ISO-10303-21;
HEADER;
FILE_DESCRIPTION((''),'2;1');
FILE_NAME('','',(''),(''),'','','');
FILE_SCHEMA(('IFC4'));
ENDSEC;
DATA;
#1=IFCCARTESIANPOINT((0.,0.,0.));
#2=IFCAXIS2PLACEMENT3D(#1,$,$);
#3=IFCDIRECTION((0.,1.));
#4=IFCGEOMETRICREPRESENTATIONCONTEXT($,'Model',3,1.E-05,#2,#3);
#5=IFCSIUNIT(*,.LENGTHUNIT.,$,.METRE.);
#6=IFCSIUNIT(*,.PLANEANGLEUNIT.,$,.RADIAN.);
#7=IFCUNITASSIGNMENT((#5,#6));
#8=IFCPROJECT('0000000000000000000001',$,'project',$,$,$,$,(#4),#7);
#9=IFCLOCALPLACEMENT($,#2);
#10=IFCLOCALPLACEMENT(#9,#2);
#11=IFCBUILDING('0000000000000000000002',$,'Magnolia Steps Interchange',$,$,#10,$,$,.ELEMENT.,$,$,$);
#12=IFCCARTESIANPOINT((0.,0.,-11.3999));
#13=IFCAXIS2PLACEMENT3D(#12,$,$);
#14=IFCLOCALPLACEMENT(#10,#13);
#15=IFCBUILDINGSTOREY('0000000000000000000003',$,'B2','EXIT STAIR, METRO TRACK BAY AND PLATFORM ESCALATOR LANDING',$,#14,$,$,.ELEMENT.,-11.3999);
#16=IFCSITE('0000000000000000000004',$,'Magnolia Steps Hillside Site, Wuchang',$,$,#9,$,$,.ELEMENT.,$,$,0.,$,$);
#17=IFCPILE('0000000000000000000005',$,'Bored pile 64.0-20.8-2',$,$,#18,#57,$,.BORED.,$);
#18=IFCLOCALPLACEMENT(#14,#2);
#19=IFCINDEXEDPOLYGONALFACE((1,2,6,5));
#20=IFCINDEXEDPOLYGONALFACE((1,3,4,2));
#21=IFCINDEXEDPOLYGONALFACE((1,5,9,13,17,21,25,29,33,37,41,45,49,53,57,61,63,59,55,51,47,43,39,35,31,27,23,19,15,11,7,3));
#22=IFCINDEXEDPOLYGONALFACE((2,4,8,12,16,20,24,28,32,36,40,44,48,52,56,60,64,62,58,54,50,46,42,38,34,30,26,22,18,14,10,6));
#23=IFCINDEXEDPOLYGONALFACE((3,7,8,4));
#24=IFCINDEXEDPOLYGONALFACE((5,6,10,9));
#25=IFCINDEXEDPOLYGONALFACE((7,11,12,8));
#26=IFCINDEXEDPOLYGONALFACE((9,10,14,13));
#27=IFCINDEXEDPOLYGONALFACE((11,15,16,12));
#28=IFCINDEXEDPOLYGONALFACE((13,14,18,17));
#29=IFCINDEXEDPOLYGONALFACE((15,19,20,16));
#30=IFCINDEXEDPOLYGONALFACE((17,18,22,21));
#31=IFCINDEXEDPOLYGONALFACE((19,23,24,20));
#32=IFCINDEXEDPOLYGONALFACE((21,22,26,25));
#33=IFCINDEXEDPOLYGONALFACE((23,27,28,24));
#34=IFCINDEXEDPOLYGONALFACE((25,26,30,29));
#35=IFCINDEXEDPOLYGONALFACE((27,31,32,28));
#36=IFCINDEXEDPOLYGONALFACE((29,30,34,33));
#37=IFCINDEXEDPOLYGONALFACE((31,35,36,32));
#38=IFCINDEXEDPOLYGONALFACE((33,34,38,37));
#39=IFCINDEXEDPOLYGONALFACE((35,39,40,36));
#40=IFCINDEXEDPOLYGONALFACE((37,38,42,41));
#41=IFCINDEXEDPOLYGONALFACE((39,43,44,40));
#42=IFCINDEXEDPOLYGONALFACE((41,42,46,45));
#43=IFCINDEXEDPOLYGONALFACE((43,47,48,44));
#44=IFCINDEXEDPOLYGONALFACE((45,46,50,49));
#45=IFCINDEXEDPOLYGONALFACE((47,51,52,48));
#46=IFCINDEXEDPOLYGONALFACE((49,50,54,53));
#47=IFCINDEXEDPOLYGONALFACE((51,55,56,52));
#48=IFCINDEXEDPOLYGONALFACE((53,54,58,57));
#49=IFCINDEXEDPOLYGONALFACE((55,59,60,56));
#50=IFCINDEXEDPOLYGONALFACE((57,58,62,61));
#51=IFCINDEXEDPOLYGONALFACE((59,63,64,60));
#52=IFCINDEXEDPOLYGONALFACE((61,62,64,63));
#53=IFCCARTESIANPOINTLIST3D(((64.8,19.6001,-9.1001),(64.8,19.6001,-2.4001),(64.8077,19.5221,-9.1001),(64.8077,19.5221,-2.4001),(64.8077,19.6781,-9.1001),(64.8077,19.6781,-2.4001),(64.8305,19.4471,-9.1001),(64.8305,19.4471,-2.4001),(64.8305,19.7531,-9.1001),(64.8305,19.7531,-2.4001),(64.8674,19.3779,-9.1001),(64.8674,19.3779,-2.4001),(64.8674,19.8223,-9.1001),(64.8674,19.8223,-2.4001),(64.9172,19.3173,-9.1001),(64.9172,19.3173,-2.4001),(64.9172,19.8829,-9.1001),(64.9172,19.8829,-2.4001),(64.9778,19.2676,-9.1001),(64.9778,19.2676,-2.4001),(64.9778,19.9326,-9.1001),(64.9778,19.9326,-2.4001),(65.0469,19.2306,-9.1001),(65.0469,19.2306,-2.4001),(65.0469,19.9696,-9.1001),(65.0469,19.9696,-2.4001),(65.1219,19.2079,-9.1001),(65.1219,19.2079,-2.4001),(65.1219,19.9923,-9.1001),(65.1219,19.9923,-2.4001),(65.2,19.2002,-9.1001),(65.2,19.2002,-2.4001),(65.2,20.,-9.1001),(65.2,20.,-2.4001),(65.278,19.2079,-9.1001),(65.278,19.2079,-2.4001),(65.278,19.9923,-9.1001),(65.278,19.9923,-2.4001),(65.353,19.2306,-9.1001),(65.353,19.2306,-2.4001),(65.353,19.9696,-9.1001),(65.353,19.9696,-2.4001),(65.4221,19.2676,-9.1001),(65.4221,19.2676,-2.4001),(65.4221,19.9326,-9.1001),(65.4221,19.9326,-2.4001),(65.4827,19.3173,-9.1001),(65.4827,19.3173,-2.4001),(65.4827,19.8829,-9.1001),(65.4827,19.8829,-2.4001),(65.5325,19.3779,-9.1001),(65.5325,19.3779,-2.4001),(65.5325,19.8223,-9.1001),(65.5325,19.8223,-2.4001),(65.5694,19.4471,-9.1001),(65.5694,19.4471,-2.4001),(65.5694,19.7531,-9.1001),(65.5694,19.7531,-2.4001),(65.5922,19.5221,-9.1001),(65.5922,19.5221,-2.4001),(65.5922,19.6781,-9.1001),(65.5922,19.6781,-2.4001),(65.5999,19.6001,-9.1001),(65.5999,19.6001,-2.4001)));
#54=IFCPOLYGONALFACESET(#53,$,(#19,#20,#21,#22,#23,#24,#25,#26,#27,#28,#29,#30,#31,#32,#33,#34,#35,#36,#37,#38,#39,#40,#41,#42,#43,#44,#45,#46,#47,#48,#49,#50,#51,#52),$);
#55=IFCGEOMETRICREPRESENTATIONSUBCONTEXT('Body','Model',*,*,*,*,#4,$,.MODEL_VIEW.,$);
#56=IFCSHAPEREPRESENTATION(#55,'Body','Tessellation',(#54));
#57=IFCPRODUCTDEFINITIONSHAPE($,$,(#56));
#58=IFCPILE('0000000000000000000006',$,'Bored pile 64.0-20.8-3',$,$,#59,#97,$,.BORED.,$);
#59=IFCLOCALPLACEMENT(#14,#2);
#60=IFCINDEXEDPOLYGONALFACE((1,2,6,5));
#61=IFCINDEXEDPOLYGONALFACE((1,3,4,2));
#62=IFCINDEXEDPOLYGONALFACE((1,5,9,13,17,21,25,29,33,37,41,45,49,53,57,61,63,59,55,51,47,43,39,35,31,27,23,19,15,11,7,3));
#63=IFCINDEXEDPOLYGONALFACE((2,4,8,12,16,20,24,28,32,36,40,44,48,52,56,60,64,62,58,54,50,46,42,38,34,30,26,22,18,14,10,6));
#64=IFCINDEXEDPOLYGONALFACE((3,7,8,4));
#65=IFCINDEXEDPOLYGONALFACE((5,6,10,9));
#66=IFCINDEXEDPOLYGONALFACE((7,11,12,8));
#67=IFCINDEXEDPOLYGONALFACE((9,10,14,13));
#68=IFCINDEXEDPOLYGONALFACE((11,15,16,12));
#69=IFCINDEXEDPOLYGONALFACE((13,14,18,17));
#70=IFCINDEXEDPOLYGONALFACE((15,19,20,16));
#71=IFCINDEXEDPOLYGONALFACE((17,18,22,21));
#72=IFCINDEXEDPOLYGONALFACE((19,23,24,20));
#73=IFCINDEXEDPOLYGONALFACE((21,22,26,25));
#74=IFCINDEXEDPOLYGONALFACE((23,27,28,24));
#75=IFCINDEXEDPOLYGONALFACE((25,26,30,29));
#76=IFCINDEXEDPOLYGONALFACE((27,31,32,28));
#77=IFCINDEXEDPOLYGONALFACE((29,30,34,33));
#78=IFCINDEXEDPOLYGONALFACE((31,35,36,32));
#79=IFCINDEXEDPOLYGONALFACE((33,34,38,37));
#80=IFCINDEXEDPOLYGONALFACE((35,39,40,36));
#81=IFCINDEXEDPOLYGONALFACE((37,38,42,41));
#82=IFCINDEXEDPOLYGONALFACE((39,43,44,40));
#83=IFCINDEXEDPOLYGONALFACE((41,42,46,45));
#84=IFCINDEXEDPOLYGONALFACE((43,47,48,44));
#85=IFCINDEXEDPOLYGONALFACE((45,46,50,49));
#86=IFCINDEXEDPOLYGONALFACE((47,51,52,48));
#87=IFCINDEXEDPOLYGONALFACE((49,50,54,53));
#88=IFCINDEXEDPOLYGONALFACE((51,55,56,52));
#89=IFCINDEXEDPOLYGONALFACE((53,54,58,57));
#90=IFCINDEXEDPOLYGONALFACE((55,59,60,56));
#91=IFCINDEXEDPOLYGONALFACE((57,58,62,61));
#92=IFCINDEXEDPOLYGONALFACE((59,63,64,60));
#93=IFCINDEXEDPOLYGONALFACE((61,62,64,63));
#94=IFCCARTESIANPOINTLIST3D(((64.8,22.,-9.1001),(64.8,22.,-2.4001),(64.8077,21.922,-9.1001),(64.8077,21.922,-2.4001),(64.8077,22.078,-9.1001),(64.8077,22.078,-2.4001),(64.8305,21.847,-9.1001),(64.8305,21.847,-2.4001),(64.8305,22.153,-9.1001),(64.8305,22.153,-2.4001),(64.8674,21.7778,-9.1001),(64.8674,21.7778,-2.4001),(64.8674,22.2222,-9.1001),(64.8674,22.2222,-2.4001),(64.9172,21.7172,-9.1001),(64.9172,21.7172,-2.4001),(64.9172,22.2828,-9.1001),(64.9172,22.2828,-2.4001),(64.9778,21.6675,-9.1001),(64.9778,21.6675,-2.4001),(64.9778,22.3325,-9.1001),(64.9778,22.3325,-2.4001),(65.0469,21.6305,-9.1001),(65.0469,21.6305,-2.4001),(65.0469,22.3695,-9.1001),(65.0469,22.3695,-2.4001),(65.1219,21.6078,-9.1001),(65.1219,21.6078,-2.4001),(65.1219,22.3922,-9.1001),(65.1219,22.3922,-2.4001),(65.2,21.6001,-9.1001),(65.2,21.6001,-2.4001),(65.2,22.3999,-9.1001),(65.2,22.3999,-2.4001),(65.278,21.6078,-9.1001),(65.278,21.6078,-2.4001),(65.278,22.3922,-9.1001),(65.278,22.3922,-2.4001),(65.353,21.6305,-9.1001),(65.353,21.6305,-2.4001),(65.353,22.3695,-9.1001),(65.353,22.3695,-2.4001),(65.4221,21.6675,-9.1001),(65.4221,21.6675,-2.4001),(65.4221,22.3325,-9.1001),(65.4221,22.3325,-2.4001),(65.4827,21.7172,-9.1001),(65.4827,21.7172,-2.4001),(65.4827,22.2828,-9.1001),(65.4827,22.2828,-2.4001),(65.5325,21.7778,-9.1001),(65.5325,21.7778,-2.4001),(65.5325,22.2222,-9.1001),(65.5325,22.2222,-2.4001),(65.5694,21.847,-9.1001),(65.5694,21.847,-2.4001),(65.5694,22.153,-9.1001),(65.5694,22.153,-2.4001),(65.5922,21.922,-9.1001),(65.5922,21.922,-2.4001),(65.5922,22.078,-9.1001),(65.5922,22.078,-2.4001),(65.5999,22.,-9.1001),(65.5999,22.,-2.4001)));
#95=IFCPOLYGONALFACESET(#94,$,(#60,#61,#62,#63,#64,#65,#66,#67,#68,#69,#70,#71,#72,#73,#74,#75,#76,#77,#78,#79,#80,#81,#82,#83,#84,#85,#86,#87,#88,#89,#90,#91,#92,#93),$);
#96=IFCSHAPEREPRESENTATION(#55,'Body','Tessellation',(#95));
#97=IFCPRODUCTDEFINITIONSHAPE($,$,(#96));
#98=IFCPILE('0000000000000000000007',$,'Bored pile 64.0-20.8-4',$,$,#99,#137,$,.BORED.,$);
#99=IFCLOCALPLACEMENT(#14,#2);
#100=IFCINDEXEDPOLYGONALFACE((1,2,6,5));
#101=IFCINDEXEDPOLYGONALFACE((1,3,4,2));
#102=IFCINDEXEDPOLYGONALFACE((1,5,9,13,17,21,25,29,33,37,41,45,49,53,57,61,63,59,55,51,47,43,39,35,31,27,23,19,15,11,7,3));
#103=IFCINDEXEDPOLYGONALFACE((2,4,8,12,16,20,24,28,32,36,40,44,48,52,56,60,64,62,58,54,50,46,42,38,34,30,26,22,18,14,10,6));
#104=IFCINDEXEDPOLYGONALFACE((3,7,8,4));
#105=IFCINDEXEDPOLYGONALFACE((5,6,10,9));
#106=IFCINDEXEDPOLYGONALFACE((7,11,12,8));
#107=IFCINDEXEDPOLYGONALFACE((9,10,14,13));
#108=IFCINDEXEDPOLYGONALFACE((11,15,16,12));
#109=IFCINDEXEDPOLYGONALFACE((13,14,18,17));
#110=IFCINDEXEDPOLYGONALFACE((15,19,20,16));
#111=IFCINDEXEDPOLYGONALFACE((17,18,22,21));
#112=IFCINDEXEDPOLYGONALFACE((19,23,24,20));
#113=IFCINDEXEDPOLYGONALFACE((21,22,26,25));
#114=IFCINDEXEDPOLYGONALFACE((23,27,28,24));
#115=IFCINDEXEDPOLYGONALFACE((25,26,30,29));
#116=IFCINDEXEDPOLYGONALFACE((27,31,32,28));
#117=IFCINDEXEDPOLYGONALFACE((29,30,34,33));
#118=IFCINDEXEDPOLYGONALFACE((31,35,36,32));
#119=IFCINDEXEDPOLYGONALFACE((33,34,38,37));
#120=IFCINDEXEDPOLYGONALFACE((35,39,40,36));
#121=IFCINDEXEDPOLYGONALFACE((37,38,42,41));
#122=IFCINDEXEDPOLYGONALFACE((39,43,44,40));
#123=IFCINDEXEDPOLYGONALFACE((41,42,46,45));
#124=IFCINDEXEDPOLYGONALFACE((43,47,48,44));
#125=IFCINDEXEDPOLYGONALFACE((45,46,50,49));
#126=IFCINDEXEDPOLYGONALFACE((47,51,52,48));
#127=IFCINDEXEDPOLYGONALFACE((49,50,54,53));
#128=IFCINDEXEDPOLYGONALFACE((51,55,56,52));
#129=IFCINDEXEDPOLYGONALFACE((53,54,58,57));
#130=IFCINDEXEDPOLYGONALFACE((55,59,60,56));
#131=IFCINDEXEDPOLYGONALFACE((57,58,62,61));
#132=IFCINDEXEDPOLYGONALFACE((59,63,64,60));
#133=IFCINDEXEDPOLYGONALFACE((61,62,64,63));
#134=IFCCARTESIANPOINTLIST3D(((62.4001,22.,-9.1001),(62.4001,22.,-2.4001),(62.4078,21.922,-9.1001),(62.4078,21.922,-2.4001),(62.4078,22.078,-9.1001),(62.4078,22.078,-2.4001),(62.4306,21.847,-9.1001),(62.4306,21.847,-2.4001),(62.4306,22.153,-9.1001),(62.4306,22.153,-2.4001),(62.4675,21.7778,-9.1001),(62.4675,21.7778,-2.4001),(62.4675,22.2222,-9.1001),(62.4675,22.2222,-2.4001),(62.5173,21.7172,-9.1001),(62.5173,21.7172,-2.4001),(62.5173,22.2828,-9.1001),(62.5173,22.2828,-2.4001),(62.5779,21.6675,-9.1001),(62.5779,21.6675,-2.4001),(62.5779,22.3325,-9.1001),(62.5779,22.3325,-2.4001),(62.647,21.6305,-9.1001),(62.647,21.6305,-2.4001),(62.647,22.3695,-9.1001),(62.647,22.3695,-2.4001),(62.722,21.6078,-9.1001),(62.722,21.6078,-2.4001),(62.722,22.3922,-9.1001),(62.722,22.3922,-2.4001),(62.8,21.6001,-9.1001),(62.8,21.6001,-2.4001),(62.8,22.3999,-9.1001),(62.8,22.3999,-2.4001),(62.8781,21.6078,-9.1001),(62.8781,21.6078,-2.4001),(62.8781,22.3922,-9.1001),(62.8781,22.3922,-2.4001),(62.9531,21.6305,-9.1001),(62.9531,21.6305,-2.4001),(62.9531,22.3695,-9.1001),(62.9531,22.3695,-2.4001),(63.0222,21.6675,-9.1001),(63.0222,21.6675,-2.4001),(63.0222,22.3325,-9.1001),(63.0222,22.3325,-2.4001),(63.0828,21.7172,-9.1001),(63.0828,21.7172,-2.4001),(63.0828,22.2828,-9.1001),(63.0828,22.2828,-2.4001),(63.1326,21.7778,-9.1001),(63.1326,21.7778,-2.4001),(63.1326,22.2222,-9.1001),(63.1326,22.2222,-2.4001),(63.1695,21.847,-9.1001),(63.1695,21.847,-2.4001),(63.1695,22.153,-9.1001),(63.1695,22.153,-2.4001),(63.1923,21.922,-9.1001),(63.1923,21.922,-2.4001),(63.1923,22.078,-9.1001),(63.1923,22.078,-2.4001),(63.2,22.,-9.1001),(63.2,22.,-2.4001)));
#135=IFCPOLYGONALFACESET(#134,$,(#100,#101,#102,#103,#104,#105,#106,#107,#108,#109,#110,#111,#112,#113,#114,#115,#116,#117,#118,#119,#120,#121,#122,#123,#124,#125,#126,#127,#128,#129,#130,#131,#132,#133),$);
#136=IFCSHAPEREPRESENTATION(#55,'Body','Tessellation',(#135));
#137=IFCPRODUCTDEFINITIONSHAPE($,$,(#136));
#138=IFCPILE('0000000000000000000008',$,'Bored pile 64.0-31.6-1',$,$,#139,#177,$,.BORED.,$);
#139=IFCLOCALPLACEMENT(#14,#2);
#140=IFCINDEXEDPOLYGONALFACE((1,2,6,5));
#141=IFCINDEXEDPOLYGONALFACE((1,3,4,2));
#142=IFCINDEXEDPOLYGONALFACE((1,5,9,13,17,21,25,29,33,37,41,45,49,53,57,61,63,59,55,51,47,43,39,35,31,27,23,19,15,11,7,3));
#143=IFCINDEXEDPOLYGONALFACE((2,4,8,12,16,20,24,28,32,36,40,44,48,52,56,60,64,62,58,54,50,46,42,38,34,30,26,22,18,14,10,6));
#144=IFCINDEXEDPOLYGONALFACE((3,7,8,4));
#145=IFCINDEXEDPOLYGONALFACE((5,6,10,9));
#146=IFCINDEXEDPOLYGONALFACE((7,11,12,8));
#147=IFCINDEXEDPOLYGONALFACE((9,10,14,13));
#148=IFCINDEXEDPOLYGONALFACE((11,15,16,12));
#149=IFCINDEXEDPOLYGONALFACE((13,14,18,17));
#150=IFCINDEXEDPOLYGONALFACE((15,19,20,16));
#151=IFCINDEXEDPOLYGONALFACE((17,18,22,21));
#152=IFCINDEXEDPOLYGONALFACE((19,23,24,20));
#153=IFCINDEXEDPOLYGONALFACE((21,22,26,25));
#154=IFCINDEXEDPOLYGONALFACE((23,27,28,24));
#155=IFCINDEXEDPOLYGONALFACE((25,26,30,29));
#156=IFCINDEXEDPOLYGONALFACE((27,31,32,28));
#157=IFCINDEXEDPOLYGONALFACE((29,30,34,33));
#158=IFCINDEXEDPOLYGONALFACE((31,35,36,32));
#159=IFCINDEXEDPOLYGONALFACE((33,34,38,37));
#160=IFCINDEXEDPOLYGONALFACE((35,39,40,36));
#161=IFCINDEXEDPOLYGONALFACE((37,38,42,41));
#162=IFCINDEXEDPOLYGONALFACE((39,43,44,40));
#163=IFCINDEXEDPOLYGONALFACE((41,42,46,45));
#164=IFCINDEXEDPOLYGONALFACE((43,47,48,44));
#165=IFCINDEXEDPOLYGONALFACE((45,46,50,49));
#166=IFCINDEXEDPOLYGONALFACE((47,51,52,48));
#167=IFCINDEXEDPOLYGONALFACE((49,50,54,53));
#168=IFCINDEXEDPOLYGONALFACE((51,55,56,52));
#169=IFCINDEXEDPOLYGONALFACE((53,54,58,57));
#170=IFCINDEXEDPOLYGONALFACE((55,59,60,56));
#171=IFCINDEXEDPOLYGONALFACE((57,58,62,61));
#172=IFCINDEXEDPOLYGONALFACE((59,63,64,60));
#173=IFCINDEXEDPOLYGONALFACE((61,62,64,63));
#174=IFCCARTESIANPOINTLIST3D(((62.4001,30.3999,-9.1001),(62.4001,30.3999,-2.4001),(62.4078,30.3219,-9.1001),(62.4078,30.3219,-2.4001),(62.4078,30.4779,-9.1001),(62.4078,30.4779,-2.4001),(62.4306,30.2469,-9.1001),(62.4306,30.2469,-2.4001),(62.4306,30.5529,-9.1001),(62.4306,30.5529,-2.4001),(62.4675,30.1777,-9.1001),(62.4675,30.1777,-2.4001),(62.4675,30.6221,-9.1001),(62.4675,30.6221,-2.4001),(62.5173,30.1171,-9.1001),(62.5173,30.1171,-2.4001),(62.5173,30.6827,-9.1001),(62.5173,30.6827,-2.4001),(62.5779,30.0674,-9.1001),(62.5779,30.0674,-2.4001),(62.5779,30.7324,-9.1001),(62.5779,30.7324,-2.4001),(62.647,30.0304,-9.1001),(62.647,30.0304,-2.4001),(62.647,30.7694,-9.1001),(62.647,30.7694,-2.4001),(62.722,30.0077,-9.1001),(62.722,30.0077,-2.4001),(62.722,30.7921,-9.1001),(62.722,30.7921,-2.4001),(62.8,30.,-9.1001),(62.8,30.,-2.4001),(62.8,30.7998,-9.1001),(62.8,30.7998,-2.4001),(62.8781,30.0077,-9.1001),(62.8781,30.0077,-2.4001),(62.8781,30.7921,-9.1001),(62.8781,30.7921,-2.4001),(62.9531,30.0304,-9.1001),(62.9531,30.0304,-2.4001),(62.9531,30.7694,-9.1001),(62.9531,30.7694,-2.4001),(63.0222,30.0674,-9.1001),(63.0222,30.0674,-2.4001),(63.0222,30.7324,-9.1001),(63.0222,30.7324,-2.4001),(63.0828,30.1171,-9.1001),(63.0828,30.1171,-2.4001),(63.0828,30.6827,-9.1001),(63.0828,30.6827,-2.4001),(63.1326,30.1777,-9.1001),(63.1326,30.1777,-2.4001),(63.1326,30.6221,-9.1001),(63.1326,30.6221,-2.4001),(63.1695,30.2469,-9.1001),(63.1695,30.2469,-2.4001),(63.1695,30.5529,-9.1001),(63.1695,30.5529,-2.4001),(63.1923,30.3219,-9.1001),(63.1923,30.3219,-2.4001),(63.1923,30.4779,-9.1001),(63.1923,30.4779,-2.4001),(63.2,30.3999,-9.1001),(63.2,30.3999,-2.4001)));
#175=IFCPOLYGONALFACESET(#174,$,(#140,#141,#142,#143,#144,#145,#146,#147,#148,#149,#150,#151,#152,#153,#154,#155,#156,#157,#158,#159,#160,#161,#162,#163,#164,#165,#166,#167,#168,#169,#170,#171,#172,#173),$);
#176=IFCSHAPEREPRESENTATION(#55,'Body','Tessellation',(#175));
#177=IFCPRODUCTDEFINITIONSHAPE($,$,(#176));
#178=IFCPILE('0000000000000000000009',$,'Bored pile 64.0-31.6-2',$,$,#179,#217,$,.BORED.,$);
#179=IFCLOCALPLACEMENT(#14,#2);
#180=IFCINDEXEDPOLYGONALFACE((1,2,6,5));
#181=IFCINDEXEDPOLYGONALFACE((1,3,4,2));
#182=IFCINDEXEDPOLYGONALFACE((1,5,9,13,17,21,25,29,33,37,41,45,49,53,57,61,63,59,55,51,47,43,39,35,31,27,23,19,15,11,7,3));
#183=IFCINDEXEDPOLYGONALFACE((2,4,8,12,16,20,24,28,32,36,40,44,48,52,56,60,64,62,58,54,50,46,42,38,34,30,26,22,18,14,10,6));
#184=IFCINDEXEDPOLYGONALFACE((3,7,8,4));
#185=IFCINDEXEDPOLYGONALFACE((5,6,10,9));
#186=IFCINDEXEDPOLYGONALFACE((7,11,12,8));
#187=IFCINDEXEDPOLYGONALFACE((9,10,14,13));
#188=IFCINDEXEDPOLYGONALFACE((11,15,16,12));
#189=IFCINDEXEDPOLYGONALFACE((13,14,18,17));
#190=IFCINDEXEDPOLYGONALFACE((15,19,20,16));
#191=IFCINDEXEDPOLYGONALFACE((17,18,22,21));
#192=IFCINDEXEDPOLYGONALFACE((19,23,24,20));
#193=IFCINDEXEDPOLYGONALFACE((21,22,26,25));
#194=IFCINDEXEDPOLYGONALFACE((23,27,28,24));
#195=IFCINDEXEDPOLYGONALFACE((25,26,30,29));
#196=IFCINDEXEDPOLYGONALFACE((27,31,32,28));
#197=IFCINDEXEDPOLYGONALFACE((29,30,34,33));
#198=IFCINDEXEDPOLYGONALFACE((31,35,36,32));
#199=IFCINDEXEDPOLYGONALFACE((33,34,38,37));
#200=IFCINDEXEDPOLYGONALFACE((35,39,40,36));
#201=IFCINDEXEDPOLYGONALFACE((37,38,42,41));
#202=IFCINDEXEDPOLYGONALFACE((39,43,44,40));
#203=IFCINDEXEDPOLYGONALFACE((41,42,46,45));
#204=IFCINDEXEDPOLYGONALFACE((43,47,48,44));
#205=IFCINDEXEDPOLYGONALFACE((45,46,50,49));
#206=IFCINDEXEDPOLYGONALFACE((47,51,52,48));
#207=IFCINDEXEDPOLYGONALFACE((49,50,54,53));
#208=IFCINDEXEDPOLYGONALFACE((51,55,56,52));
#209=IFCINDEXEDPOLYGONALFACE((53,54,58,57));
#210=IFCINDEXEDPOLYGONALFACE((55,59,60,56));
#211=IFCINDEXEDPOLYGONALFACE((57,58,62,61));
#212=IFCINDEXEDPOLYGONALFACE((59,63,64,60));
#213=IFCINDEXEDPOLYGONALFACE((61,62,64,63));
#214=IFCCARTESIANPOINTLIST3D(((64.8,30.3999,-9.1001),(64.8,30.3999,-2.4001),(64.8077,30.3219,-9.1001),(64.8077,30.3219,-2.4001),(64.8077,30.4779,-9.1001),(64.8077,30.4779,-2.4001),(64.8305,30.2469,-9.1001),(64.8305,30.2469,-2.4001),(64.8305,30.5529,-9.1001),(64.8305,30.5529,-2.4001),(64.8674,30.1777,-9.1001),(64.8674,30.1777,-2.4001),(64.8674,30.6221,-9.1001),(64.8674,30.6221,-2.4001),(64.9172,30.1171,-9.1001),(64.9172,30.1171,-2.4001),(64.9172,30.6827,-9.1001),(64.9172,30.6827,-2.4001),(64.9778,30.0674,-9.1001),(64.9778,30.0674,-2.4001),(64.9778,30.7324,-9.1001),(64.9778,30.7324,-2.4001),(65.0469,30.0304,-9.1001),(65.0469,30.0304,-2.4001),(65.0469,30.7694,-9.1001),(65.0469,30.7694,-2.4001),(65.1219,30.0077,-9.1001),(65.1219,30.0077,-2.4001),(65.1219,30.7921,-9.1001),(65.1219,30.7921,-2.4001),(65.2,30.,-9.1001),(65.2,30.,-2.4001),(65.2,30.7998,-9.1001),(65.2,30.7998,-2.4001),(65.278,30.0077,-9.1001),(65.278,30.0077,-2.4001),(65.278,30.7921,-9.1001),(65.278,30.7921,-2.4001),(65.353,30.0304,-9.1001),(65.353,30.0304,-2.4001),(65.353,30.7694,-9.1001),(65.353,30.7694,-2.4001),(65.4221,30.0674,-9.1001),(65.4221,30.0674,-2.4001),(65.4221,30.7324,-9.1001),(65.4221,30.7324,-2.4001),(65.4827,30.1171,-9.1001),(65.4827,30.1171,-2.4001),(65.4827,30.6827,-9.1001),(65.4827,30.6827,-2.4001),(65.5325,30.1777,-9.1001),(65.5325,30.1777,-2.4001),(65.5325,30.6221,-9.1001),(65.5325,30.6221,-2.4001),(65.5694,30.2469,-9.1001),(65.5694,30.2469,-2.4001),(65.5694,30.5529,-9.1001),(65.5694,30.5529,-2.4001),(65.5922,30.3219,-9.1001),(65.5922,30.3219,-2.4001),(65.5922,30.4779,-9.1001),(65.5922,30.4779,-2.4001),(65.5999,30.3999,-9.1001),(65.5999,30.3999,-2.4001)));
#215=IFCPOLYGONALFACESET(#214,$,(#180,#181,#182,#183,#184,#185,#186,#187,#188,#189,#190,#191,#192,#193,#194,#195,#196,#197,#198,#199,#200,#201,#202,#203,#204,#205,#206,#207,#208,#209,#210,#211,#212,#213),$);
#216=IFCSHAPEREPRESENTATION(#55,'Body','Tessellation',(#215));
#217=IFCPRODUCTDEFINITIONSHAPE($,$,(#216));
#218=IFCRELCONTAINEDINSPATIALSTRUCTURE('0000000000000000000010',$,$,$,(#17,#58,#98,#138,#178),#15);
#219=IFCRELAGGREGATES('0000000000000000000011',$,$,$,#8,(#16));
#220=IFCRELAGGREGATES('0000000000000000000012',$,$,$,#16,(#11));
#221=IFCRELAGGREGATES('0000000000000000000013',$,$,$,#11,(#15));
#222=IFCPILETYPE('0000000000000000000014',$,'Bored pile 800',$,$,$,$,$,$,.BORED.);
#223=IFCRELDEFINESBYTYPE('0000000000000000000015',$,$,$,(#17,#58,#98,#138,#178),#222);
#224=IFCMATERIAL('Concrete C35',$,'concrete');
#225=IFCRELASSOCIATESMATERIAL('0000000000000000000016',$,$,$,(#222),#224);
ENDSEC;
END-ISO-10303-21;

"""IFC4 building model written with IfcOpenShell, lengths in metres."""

from ifc_helpers import new_model, si_unit, direction, frame, origin, origin_2d, place, context, subcontext, project, spatial, circle, extrude, material, material_profile, profile_set, type_object, element, save


model = new_model("IFC4")

# Units and contexts
model_context = context("Model", 3, precision=1e-05, world=origin(), true_north=direction((0.0, 1.0)))
body_context = subcontext(model_context, "Body", "Model", "MODEL_VIEW")
ifc_project = project(units=[si_unit("LENGTHUNIT", "METRE"), si_unit("PLANEANGLEUNIT", "RADIAN")], contexts=[model_context])

# Site, building, storey
site_placement = place(None, origin())
site = spatial("IfcSite", under=ifc_project, at=site_placement, Name="Magnolia Steps Hillside Site, Wuchang", CompositionType="ELEMENT", RefElevation=0.0)
building_placement = place(site_placement, origin())
building = spatial("IfcBuilding", under=site, at=building_placement, Name="Magnolia Steps Interchange", CompositionType="ELEMENT")
storey_placement = place(building_placement, frame((0.0, 0.0, -11.3999)))
storey = spatial("IfcBuildingStorey", under=building, at=storey_placement, Name="B2", Description="EXIT STAIR, METRO TRACK BAY AND PLATFORM ESCALATOR LANDING", CompositionType="ELEMENT", Elevation=-11.3999)

# Piles
ifc_material_1 = material(Name="Concrete C35", Category="concrete")
ifc_material_profile_1 = material_profile(ifc_material_1, circle(Radius=0.3999, at=origin_2d()), Name="Bored pile 800")
ifc_profile_set_1 = profile_set([ifc_material_profile_1], Name="Concrete C35")
pile_type = type_object("IfcPileType", Name="Bored pile 800", PredefinedType="BORED", material=ifc_profile_set_1)
for number, where, z_axis, x_axis, name in (
    (1, (65.2, 19.6001, -2.4001), (0.0, 0.0, -1.0), (1.0, 0.0, 0.0), "Bored pile 64.0-20.8-2"),
    (2, (65.2, 22.0, -2.4001), (0.0, 0.0, -1.0), (1.0, 0.0, 0.0), "Bored pile 64.0-20.8-3"),
    (3, (62.8, 22.0, -2.4001), (0.0, 0.0, -1.0), (1.0, 0.0, 0.0), "Bored pile 64.0-20.8-4"),
    (4, (62.8, 30.3999, -2.4001), (0.0, 0.0, -1.0), (1.0, 0.0, 0.0), "Bored pile 64.0-31.6-1"),
    (5, (65.2, 30.3999, -2.4001), (0.0, 0.0, -1.0), (1.0, 0.0, 0.0), "Bored pile 64.0-31.6-2"),
):
    element("IfcPile", number, at=place(storey_placement, frame(where, z_axis=z_axis, x_axis=x_axis)), inside=storey, type_object=pile_type, Name=name, PredefinedType="BORED", context=body_context, shape_type="SweptSolid", body=[
        extrude(circle(Radius=0.3999, at=origin_2d()), origin(), (0.0, 0.0, 1.0), 6.7),
    ])

save(model, "model.ifc")
